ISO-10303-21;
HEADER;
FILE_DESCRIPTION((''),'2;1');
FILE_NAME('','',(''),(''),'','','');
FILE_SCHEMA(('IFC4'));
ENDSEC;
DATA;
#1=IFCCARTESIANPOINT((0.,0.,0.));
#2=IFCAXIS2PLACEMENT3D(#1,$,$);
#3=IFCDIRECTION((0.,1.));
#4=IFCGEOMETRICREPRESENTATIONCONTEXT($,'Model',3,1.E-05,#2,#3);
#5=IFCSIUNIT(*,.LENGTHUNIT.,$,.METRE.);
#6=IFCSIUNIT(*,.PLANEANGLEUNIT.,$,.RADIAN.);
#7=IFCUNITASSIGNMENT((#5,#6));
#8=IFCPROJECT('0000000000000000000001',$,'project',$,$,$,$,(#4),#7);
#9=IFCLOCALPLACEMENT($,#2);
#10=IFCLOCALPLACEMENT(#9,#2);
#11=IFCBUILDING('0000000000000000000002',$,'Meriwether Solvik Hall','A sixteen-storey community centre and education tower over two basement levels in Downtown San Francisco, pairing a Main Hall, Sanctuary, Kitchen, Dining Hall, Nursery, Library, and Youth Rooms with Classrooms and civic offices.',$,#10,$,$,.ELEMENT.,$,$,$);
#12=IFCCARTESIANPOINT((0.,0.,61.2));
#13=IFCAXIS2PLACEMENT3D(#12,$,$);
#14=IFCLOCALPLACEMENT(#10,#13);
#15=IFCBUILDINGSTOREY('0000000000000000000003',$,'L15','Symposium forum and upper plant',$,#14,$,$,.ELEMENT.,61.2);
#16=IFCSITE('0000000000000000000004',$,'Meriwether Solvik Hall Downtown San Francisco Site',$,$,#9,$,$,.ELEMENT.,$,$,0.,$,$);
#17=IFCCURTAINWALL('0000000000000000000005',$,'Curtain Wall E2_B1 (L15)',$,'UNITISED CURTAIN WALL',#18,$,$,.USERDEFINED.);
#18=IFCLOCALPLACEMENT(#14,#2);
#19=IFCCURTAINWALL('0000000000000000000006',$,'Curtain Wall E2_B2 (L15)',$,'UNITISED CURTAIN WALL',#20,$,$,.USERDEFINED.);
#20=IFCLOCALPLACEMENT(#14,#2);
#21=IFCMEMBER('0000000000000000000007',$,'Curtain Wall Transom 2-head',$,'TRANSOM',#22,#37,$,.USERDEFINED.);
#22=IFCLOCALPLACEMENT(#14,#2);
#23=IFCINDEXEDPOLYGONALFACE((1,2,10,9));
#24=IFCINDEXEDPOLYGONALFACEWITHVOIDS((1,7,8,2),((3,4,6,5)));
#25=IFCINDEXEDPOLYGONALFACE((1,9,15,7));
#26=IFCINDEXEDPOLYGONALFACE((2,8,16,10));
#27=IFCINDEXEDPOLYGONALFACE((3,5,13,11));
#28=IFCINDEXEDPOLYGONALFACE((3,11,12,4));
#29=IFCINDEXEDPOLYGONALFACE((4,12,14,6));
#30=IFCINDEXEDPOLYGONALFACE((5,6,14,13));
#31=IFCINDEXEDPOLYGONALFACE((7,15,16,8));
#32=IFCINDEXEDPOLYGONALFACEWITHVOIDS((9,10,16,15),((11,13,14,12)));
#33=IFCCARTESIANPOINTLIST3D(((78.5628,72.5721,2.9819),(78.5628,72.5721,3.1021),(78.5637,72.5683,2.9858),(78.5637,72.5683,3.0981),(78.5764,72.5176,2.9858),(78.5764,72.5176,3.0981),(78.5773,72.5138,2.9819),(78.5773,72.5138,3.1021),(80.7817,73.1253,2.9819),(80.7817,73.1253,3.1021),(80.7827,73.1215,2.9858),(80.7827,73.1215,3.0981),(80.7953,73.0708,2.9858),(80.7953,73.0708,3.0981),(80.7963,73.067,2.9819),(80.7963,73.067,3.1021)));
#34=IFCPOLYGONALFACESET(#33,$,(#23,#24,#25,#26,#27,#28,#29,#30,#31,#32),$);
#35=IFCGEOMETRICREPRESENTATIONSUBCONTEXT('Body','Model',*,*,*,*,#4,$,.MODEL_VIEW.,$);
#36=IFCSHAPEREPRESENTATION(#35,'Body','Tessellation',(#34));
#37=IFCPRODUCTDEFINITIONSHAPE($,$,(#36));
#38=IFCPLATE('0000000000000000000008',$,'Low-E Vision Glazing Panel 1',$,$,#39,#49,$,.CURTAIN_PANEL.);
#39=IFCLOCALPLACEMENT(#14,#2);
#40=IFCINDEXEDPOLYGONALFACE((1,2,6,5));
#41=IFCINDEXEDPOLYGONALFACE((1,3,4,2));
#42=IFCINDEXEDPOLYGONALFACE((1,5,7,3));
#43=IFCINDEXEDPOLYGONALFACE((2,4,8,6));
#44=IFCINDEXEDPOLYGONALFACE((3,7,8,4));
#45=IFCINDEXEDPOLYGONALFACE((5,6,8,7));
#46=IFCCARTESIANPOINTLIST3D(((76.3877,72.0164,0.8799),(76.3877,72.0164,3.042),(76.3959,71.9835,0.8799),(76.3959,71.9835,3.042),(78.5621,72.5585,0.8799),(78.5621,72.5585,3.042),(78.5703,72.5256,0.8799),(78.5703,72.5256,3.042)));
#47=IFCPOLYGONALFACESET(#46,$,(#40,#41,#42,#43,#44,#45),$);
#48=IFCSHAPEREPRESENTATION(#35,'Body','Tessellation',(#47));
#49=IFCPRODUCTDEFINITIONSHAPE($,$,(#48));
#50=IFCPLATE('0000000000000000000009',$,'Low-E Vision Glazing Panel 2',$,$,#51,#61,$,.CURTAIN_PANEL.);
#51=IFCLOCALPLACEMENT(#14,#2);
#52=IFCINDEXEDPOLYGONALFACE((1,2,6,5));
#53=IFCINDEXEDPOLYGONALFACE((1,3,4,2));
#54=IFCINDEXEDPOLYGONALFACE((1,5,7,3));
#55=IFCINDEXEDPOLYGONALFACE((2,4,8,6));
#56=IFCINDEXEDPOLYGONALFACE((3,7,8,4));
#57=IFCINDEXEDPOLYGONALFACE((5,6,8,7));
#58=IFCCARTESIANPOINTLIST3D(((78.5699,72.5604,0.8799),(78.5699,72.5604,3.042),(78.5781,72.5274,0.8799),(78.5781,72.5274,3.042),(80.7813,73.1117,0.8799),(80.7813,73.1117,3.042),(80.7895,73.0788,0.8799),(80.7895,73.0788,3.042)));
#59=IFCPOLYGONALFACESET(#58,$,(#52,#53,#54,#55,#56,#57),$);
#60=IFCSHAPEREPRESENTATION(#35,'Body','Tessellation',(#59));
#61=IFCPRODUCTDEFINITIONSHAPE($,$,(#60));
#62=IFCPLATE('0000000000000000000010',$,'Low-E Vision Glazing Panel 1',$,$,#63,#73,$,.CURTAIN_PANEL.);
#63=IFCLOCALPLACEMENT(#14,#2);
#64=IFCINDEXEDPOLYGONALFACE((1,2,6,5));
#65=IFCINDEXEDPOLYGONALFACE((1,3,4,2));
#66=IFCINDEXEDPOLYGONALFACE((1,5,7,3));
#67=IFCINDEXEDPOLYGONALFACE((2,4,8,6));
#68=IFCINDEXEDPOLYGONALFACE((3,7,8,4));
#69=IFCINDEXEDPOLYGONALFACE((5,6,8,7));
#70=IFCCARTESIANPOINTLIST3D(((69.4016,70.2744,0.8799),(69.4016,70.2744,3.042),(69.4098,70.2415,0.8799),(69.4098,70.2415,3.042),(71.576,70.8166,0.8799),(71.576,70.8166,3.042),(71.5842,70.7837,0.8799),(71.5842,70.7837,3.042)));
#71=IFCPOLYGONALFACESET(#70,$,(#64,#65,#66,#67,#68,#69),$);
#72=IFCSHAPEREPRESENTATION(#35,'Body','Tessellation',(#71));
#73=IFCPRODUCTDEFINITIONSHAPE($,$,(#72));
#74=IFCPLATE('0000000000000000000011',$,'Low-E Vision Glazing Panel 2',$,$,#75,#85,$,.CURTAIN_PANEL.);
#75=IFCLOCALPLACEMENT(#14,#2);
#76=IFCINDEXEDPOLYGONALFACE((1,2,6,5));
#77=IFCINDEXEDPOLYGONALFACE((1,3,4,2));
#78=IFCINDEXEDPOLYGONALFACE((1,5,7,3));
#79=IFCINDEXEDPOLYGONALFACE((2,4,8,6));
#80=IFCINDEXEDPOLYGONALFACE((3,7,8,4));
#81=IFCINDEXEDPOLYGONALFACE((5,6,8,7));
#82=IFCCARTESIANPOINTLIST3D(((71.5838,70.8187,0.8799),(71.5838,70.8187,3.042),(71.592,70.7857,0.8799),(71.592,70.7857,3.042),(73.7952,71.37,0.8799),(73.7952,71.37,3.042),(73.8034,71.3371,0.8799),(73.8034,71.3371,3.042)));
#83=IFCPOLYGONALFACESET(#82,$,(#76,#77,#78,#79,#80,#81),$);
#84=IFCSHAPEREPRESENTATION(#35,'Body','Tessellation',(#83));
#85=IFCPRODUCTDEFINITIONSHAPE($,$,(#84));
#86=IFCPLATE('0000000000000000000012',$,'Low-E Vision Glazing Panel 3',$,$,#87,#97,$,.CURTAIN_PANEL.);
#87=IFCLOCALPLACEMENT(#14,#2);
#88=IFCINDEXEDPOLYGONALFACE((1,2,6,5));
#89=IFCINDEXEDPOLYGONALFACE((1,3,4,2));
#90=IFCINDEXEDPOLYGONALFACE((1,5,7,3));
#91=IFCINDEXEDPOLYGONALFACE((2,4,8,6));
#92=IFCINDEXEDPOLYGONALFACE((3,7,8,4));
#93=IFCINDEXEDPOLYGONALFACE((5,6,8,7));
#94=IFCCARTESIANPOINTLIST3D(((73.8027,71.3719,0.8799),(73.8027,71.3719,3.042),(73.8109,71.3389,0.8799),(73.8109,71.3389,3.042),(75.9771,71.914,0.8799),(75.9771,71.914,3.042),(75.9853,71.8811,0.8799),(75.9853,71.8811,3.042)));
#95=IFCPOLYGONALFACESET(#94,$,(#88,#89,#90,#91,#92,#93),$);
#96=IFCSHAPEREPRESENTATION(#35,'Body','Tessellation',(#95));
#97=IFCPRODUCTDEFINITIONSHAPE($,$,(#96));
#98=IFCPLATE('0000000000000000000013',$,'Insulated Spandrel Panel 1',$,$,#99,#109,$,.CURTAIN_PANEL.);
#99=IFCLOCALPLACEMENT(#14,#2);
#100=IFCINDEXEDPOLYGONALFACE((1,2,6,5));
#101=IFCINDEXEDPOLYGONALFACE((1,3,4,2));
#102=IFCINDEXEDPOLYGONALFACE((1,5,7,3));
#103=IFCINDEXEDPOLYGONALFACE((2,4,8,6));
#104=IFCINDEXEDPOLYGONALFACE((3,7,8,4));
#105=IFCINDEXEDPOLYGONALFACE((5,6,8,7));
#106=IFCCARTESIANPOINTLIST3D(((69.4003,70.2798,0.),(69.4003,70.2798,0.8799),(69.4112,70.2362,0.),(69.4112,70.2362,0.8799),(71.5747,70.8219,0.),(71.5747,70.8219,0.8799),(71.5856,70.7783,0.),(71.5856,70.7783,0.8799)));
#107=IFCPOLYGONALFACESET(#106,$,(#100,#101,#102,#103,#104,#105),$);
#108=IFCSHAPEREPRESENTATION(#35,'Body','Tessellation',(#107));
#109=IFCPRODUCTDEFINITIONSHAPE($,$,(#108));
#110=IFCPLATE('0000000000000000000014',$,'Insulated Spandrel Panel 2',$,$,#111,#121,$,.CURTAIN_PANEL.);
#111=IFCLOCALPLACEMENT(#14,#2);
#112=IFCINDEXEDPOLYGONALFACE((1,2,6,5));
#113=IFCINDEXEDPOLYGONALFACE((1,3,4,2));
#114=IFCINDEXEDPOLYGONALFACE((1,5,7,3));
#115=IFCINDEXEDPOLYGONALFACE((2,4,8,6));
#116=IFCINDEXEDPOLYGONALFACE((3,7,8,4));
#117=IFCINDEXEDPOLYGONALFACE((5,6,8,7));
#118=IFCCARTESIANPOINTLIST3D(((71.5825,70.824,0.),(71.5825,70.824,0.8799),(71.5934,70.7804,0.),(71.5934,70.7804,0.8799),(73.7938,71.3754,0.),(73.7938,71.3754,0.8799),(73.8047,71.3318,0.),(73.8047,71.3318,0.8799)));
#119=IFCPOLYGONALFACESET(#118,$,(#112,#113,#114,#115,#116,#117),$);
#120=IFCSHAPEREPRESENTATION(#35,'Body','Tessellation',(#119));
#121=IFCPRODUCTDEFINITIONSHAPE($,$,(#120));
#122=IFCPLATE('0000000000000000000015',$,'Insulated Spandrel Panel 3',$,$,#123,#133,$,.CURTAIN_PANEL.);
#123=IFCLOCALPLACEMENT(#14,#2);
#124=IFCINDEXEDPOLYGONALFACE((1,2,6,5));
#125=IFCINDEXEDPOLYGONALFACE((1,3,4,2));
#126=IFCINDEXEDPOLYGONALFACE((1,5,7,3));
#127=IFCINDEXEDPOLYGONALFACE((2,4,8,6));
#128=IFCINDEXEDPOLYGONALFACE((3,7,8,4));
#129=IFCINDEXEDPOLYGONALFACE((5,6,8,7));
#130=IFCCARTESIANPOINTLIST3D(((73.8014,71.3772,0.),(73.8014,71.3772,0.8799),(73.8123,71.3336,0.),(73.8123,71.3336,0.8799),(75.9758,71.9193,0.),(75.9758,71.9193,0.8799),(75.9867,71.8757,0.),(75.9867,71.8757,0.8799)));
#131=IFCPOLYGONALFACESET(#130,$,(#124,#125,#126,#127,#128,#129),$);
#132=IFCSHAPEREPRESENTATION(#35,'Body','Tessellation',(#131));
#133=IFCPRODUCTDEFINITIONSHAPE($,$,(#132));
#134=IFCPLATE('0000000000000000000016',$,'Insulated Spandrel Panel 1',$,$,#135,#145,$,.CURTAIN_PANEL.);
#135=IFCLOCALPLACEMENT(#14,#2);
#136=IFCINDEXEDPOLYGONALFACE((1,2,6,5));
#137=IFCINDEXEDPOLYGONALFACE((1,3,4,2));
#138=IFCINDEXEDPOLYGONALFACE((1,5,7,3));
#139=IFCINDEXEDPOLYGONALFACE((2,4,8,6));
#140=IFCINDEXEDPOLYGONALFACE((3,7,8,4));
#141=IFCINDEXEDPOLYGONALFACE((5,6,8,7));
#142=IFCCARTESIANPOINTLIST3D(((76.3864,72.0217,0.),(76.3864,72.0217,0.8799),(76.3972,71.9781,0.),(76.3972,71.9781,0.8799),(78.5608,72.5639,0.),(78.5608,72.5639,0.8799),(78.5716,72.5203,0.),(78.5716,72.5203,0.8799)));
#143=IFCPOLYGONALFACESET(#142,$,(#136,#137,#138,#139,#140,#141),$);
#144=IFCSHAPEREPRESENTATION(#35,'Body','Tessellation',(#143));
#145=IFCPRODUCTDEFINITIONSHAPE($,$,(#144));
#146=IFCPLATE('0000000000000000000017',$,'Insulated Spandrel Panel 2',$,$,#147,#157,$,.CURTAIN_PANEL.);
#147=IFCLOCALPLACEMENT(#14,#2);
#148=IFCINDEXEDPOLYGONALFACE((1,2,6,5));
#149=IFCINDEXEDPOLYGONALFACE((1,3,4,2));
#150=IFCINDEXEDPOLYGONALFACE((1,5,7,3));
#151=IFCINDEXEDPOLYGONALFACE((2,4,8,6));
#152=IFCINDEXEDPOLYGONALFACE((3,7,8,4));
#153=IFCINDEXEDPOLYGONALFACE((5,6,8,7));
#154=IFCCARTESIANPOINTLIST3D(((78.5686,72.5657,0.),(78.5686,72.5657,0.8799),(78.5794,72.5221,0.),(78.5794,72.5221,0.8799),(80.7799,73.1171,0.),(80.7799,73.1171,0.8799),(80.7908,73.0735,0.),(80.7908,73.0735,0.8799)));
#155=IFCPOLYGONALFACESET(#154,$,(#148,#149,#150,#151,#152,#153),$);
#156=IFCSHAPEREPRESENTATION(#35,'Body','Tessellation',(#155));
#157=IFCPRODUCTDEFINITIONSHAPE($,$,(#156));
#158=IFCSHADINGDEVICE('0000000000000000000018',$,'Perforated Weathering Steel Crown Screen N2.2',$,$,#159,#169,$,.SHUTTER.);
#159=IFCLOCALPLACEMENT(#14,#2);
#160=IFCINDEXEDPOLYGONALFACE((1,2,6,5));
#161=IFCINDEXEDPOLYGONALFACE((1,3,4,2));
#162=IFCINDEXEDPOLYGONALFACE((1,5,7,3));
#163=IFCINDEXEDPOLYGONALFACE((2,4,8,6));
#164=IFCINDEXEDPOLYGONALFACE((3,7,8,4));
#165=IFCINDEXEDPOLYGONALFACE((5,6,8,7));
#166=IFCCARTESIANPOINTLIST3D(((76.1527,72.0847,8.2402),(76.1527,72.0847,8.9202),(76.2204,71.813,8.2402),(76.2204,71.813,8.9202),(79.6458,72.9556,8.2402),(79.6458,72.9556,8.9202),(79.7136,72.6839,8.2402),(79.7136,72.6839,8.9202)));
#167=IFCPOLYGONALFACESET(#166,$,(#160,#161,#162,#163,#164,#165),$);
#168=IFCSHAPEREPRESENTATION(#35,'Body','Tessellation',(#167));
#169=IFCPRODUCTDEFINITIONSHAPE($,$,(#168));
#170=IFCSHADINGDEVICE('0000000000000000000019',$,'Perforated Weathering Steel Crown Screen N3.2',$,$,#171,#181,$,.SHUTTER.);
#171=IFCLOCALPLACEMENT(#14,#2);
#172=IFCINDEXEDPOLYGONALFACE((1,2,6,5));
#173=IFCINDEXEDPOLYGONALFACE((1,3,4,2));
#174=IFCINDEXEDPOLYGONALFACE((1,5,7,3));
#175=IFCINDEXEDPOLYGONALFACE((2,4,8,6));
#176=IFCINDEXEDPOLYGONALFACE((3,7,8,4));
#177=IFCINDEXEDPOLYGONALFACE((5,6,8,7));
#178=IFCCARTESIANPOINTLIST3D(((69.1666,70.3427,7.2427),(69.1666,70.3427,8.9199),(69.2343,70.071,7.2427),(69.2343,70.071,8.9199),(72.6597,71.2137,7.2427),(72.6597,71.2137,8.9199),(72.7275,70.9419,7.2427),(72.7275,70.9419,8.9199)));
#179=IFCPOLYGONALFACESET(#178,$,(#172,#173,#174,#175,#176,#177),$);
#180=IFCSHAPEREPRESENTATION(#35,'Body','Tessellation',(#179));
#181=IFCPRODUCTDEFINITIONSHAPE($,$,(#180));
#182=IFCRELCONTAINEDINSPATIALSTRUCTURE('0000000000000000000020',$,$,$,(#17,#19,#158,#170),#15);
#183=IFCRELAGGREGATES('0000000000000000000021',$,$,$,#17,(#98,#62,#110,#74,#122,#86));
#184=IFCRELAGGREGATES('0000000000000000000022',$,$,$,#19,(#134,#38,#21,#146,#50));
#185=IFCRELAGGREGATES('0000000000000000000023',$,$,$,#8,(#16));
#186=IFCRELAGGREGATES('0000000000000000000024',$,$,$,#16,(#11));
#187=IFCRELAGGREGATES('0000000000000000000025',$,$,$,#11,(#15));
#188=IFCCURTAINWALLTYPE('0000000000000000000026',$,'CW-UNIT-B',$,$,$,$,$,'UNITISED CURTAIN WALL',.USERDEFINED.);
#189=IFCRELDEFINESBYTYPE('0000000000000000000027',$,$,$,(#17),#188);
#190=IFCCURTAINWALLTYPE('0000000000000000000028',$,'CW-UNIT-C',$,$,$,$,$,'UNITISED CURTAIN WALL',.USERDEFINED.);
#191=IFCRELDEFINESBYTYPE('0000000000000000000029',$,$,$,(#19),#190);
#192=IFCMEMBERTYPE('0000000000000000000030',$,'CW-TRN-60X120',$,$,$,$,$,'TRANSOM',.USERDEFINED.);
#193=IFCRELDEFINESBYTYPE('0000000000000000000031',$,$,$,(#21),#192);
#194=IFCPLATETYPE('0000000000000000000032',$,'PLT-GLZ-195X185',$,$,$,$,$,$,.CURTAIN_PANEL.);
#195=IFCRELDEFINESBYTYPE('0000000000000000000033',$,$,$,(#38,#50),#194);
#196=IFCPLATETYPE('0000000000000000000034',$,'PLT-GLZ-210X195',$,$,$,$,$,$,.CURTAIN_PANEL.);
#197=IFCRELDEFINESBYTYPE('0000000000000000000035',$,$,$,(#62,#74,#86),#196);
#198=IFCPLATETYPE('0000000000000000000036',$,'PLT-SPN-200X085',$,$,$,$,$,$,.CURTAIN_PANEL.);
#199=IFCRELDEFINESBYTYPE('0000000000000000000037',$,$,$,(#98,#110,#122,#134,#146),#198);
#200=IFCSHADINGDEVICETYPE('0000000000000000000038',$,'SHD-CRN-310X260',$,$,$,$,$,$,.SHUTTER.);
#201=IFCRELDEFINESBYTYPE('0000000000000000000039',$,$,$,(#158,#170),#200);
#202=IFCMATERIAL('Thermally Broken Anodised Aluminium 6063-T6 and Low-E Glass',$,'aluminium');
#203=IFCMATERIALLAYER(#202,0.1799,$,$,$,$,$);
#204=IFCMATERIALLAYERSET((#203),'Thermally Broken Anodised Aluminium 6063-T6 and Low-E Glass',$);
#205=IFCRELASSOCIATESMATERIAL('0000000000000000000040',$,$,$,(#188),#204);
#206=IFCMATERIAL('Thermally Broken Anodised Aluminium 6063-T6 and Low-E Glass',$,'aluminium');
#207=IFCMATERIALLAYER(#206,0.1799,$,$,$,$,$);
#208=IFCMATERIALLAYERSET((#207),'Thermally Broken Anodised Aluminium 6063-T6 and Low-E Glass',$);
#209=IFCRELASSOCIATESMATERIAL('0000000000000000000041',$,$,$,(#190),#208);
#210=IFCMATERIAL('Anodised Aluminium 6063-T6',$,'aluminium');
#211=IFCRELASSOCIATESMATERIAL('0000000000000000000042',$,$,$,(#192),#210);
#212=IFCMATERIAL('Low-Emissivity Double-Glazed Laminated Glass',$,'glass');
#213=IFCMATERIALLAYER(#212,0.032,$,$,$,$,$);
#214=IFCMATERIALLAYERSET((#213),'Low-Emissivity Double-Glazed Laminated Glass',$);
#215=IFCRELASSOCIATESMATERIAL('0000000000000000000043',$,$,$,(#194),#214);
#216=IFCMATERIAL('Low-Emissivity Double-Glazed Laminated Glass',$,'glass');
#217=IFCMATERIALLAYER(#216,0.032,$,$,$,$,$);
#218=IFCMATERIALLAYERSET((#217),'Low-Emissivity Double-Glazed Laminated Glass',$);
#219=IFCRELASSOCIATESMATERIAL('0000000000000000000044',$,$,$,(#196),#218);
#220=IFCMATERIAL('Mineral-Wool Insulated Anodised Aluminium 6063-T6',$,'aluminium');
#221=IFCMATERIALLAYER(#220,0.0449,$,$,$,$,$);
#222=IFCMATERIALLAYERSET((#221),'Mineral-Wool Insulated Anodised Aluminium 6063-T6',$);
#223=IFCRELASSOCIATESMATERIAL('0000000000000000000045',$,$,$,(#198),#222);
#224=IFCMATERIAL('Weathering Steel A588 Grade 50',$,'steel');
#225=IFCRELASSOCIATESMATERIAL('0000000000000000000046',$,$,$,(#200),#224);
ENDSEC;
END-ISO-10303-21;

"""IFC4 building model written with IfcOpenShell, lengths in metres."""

from ifc_helpers import new_model, si_unit, direction, frame, origin, origin_2d, place, context, subcontext, project, spatial, rectangle, hollow_rectangle, extrude, material, layer, layer_set, material_profile, profile_set, type_object, element, aggregate, save


model = new_model("IFC4")

# Units and contexts
model_context = context("Model", 3, precision=1e-05, world=origin(), true_north=direction((0.0, 1.0)))
body_context = subcontext(model_context, "Body", "Model", "MODEL_VIEW")
ifc_project = project(units=[si_unit("LENGTHUNIT", "METRE"), si_unit("PLANEANGLEUNIT", "RADIAN")], contexts=[model_context])

# Site, building, storey
site_placement = place(None, origin())
site = spatial("IfcSite", under=ifc_project, at=site_placement, Name="Meriwether Solvik Hall Downtown San Francisco Site", CompositionType="ELEMENT", RefElevation=0.0)
building_placement = place(site_placement, origin())
building = spatial("IfcBuilding", under=site, at=building_placement, Name="Meriwether Solvik Hall", Description="A sixteen-storey community centre and education tower over two basement levels in Downtown San Francisco, pairing a Main Hall, Sanctuary, Kitchen, Dining Hall, Nursery, Library, and Youth Rooms with Classrooms and civic offices.", CompositionType="ELEMENT")
storey_placement = place(building_placement, frame((0.0, 0.0, 61.2)))
storey = spatial("IfcBuildingStorey", under=building, at=storey_placement, Name="L15", Description="Symposium forum and upper plant", CompositionType="ELEMENT", Elevation=61.2)

# Curtain walls
ifc_material_1 = material(Name="Thermally Broken Anodised Aluminium 6063-T6 and Low-E Glass", Category="aluminium")
ifc_layer_1 = layer(ifc_material_1, 0.1799)
ifc_layer_set_1 = layer_set([ifc_layer_1], Name="Thermally Broken Anodised Aluminium 6063-T6 and Low-E Glass")
curtain_wall_type_1 = type_object("IfcCurtainWallType", Name="CW-UNIT-B", ElementType="UNITISED CURTAIN WALL", PredefinedType="USERDEFINED", material=ifc_layer_set_1)
curtain_wall_1_placement = place(storey_placement, origin())
curtain_wall_1 = element("IfcCurtainWall", 1, at=curtain_wall_1_placement, inside=storey, type_object=curtain_wall_type_1, Name="Curtain Wall E2_B1 (L15)", ObjectType="UNITISED CURTAIN WALL", PredefinedType="USERDEFINED")
ifc_material_2 = material(Name="Thermally Broken Anodised Aluminium 6063-T6 and Low-E Glass", Category="aluminium")
ifc_layer_2 = layer(ifc_material_2, 0.1799)
ifc_layer_set_2 = layer_set([ifc_layer_2], Name="Thermally Broken Anodised Aluminium 6063-T6 and Low-E Glass")
curtain_wall_type_2 = type_object("IfcCurtainWallType", Name="CW-UNIT-C", ElementType="UNITISED CURTAIN WALL", PredefinedType="USERDEFINED", material=ifc_layer_set_2)
curtain_wall_2_placement = place(storey_placement, origin())
curtain_wall_2 = element("IfcCurtainWall", 2, at=curtain_wall_2_placement, inside=storey, type_object=curtain_wall_type_2, Name="Curtain Wall E2_B2 (L15)", ObjectType="UNITISED CURTAIN WALL", PredefinedType="USERDEFINED")

# Member
ifc_material_3 = material(Name="Anodised Aluminium 6063-T6", Category="aluminium")
ifc_material_profile_1 = material_profile(ifc_material_3, hollow_rectangle(XDim=0.0601, YDim=0.1201, WallThickness=0.0039, at=origin_2d()), Name="CWT-60X120")
ifc_profile_set_1 = profile_set([ifc_material_profile_1], Name="Anodised Aluminium 6063-T6")
member_type_1 = type_object("IfcMemberType", Name="CW-TRN-60X120", ElementType="TRANSOM", PredefinedType="USERDEFINED", material=ifc_profile_set_1)
member_1_placement = place(storey_placement, frame((78.5701, 72.543, 3.042), z_axis=(0.970299, 0.241908, 0.0), x_axis=(-0.241908, 0.970299, 0.0)))
member_1 = element("IfcMember", 3, at=member_1_placement, type_object=member_type_1, Name="Curtain Wall Transom 2-head", ObjectType="TRANSOM", PredefinedType="USERDEFINED", context=body_context, shape_type="SweptSolid", body=[
    extrude(hollow_rectangle(XDim=0.0601, YDim=0.1201, WallThickness=0.0039, at=origin_2d()), origin(), (0.0, 0.0, 1.0), 2.2869),
])

# Plates
ifc_material_4 = material(Name="Low-Emissivity Double-Glazed Laminated Glass", Category="glass")
ifc_layer_3 = layer(ifc_material_4, 0.032)
ifc_layer_set_3 = layer_set([ifc_layer_3], Name="Low-Emissivity Double-Glazed Laminated Glass")
plate_type_1 = type_object("IfcPlateType", Name="PLT-GLZ-195X185", PredefinedType="CURTAIN_PANEL", material=ifc_layer_set_3)
plate_1_placement = place(storey_placement, frame((77.479, 72.271, 0.8799), z_axis=(0.0, 0.0, 1.0), x_axis=(0.970296, 0.241922, 0.0)))
plate_1 = element("IfcPlate", 4, at=plate_1_placement, type_object=plate_type_1, Name="Low-E Vision Glazing Panel 1", PredefinedType="CURTAIN_PANEL", context=body_context, shape_type="SweptSolid", body=[
    extrude(rectangle(XDim=2.241, YDim=0.0339, at=origin_2d()), origin(), (0.0, 0.0, 1.0), 2.1621),
])
plate_2_placement = place(storey_placement, frame((79.6797, 72.8196, 0.8799), z_axis=(0.0, 0.0, 1.0), x_axis=(0.970296, 0.241922, 0.0)))
plate_2 = element("IfcPlate", 5, at=plate_2_placement, type_object=plate_type_1, Name="Low-E Vision Glazing Panel 2", PredefinedType="CURTAIN_PANEL", context=body_context, shape_type="SweptSolid", body=[
    extrude(rectangle(XDim=2.2791, YDim=0.0339, at=origin_2d()), origin(), (0.0, 0.0, 1.0), 2.1621),
])
ifc_material_5 = material(Name="Low-Emissivity Double-Glazed Laminated Glass", Category="glass")
ifc_layer_4 = layer(ifc_material_5, 0.032)
ifc_layer_set_4 = layer_set([ifc_layer_4], Name="Low-Emissivity Double-Glazed Laminated Glass")
plate_type_2 = type_object("IfcPlateType", Name="PLT-GLZ-210X195", PredefinedType="CURTAIN_PANEL", material=ifc_layer_set_4)
plate_3_placement = place(storey_placement, frame((70.4929, 70.5291, 0.8799), z_axis=(0.0, 0.0, 1.0), x_axis=(0.970296, 0.241922, 0.0)))
plate_3 = element("IfcPlate", 6, at=plate_3_placement, type_object=plate_type_2, Name="Low-E Vision Glazing Panel 1", PredefinedType="CURTAIN_PANEL", context=body_context, shape_type="SweptSolid", body=[
    extrude(rectangle(XDim=2.241, YDim=0.0339, at=origin_2d()), origin(), (0.0, 0.0, 1.0), 2.1621),
])
plate_4_placement = place(storey_placement, frame((72.6936, 71.0779, 0.8799), z_axis=(0.0, 0.0, 1.0), x_axis=(0.970296, 0.241922, 0.0)))
plate_4 = element("IfcPlate", 7, at=plate_4_placement, type_object=plate_type_2, Name="Low-E Vision Glazing Panel 2", PredefinedType="CURTAIN_PANEL", context=body_context, shape_type="SweptSolid", body=[
    extrude(rectangle(XDim=2.2791, YDim=0.0339, at=origin_2d()), origin(), (0.0, 0.0, 1.0), 2.1621),
])
plate_5_placement = place(storey_placement, frame((74.894, 71.6265, 0.8799), z_axis=(0.0, 0.0, 1.0), x_axis=(0.970296, 0.241922, 0.0)))
plate_5 = element("IfcPlate", 8, at=plate_5_placement, type_object=plate_type_2, Name="Low-E Vision Glazing Panel 3", PredefinedType="CURTAIN_PANEL", context=body_context, shape_type="SweptSolid", body=[
    extrude(rectangle(XDim=2.241, YDim=0.0339, at=origin_2d()), origin(), (0.0, 0.0, 1.0), 2.1621),
])
ifc_material_6 = material(Name="Mineral-Wool Insulated Anodised Aluminium 6063-T6", Category="aluminium")
ifc_layer_5 = layer(ifc_material_6, 0.0449)
ifc_layer_set_5 = layer_set([ifc_layer_5], Name="Mineral-Wool Insulated Anodised Aluminium 6063-T6")
plate_type_3 = type_object("IfcPlateType", Name="PLT-SPN-200X085", PredefinedType="CURTAIN_PANEL", material=ifc_layer_set_5)
plate_6_placement = place(storey_placement, frame((70.4929, 70.5291, 0.0), z_axis=(0.0, 0.0, 1.0), x_axis=(0.970296, 0.241922, 0.0)))
plate_6 = element("IfcPlate", 9, at=plate_6_placement, type_object=plate_type_3, Name="Insulated Spandrel Panel 1", PredefinedType="CURTAIN_PANEL", context=body_context, shape_type="SweptSolid", body=[
    extrude(rectangle(XDim=2.241, YDim=0.0449, at=origin_2d()), origin(), (0.0, 0.0, 1.0), 0.8799),
])
plate_7_placement = place(storey_placement, frame((72.6936, 71.0779, 0.0), z_axis=(0.0, 0.0, 1.0), x_axis=(0.970296, 0.241922, 0.0)))
plate_7 = element("IfcPlate", 10, at=plate_7_placement, type_object=plate_type_3, Name="Insulated Spandrel Panel 2", PredefinedType="CURTAIN_PANEL", context=body_context, shape_type="SweptSolid", body=[
    extrude(rectangle(XDim=2.2791, YDim=0.0449, at=origin_2d()), origin(), (0.0, 0.0, 1.0), 0.8799),
])
plate_8_placement = place(storey_placement, frame((74.894, 71.6265, 0.0), z_axis=(0.0, 0.0, 1.0), x_axis=(0.970296, 0.241922, 0.0)))
plate_8 = element("IfcPlate", 11, at=plate_8_placement, type_object=plate_type_3, Name="Insulated Spandrel Panel 3", PredefinedType="CURTAIN_PANEL", context=body_context, shape_type="SweptSolid", body=[
    extrude(rectangle(XDim=2.241, YDim=0.0449, at=origin_2d()), origin(), (0.0, 0.0, 1.0), 0.8799),
])
aggregate(curtain_wall_1, [plate_6, plate_3, plate_7, plate_4, plate_8, plate_5])
plate_9_placement = place(storey_placement, frame((77.479, 72.271, 0.0), z_axis=(0.0, 0.0, 1.0), x_axis=(0.970296, 0.241922, 0.0)))
plate_9 = element("IfcPlate", 12, at=plate_9_placement, type_object=plate_type_3, Name="Insulated Spandrel Panel 1", PredefinedType="CURTAIN_PANEL", context=body_context, shape_type="SweptSolid", body=[
    extrude(rectangle(XDim=2.241, YDim=0.0449, at=origin_2d()), origin(), (0.0, 0.0, 1.0), 0.8799),
])
plate_10_placement = place(storey_placement, frame((79.6797, 72.8196, 0.0), z_axis=(0.0, 0.0, 1.0), x_axis=(0.970296, 0.241922, 0.0)))
plate_10 = element("IfcPlate", 13, at=plate_10_placement, type_object=plate_type_3, Name="Insulated Spandrel Panel 2", PredefinedType="CURTAIN_PANEL", context=body_context, shape_type="SweptSolid", body=[
    extrude(rectangle(XDim=2.2791, YDim=0.0449, at=origin_2d()), origin(), (0.0, 0.0, 1.0), 0.8799),
])
aggregate(curtain_wall_2, [plate_9, plate_1, member_1, plate_10, plate_2])

# Shading devices
ifc_material_7 = material(Name="Weathering Steel A588 Grade 50", Category="steel")
shading_device_type_1 = type_object("IfcShadingDeviceType", Name="SHD-CRN-310X260", PredefinedType="SHUTTER", material=ifc_material_7)
shading_device_1_placement = place(storey_placement, frame((77.9331, 72.3843, 8.2402), z_axis=(0.0, 0.0, 1.0), x_axis=(-0.970296, -0.241922, 0.0)))
element("IfcShadingDevice", 14, at=shading_device_1_placement, inside=storey, type_object=shading_device_type_1, Name="Perforated Weathering Steel Crown Screen N2.2", PredefinedType="SHUTTER", context=body_context, shape_type="SweptSolid", body=[
    extrude(rectangle(XDim=3.6001, YDim=0.28, at=origin_2d()), origin(), (0.0, 0.0, 1.0), 0.6799),
])
shading_device_2_placement = place(storey_placement, frame((70.947, 70.6423, 7.2427), z_axis=(0.0, 0.0, 1.0), x_axis=(-0.970296, -0.241922, 0.0)))
element("IfcShadingDevice", 15, at=shading_device_2_placement, inside=storey, type_object=shading_device_type_1, Name="Perforated Weathering Steel Crown Screen N3.2", PredefinedType="SHUTTER", context=body_context, shape_type="SweptSolid", body=[
    extrude(rectangle(XDim=3.6001, YDim=0.28, at=origin_2d()), origin(), (0.0, 0.0, 1.0), 1.6772),
])

save(model, "model.ifc")
